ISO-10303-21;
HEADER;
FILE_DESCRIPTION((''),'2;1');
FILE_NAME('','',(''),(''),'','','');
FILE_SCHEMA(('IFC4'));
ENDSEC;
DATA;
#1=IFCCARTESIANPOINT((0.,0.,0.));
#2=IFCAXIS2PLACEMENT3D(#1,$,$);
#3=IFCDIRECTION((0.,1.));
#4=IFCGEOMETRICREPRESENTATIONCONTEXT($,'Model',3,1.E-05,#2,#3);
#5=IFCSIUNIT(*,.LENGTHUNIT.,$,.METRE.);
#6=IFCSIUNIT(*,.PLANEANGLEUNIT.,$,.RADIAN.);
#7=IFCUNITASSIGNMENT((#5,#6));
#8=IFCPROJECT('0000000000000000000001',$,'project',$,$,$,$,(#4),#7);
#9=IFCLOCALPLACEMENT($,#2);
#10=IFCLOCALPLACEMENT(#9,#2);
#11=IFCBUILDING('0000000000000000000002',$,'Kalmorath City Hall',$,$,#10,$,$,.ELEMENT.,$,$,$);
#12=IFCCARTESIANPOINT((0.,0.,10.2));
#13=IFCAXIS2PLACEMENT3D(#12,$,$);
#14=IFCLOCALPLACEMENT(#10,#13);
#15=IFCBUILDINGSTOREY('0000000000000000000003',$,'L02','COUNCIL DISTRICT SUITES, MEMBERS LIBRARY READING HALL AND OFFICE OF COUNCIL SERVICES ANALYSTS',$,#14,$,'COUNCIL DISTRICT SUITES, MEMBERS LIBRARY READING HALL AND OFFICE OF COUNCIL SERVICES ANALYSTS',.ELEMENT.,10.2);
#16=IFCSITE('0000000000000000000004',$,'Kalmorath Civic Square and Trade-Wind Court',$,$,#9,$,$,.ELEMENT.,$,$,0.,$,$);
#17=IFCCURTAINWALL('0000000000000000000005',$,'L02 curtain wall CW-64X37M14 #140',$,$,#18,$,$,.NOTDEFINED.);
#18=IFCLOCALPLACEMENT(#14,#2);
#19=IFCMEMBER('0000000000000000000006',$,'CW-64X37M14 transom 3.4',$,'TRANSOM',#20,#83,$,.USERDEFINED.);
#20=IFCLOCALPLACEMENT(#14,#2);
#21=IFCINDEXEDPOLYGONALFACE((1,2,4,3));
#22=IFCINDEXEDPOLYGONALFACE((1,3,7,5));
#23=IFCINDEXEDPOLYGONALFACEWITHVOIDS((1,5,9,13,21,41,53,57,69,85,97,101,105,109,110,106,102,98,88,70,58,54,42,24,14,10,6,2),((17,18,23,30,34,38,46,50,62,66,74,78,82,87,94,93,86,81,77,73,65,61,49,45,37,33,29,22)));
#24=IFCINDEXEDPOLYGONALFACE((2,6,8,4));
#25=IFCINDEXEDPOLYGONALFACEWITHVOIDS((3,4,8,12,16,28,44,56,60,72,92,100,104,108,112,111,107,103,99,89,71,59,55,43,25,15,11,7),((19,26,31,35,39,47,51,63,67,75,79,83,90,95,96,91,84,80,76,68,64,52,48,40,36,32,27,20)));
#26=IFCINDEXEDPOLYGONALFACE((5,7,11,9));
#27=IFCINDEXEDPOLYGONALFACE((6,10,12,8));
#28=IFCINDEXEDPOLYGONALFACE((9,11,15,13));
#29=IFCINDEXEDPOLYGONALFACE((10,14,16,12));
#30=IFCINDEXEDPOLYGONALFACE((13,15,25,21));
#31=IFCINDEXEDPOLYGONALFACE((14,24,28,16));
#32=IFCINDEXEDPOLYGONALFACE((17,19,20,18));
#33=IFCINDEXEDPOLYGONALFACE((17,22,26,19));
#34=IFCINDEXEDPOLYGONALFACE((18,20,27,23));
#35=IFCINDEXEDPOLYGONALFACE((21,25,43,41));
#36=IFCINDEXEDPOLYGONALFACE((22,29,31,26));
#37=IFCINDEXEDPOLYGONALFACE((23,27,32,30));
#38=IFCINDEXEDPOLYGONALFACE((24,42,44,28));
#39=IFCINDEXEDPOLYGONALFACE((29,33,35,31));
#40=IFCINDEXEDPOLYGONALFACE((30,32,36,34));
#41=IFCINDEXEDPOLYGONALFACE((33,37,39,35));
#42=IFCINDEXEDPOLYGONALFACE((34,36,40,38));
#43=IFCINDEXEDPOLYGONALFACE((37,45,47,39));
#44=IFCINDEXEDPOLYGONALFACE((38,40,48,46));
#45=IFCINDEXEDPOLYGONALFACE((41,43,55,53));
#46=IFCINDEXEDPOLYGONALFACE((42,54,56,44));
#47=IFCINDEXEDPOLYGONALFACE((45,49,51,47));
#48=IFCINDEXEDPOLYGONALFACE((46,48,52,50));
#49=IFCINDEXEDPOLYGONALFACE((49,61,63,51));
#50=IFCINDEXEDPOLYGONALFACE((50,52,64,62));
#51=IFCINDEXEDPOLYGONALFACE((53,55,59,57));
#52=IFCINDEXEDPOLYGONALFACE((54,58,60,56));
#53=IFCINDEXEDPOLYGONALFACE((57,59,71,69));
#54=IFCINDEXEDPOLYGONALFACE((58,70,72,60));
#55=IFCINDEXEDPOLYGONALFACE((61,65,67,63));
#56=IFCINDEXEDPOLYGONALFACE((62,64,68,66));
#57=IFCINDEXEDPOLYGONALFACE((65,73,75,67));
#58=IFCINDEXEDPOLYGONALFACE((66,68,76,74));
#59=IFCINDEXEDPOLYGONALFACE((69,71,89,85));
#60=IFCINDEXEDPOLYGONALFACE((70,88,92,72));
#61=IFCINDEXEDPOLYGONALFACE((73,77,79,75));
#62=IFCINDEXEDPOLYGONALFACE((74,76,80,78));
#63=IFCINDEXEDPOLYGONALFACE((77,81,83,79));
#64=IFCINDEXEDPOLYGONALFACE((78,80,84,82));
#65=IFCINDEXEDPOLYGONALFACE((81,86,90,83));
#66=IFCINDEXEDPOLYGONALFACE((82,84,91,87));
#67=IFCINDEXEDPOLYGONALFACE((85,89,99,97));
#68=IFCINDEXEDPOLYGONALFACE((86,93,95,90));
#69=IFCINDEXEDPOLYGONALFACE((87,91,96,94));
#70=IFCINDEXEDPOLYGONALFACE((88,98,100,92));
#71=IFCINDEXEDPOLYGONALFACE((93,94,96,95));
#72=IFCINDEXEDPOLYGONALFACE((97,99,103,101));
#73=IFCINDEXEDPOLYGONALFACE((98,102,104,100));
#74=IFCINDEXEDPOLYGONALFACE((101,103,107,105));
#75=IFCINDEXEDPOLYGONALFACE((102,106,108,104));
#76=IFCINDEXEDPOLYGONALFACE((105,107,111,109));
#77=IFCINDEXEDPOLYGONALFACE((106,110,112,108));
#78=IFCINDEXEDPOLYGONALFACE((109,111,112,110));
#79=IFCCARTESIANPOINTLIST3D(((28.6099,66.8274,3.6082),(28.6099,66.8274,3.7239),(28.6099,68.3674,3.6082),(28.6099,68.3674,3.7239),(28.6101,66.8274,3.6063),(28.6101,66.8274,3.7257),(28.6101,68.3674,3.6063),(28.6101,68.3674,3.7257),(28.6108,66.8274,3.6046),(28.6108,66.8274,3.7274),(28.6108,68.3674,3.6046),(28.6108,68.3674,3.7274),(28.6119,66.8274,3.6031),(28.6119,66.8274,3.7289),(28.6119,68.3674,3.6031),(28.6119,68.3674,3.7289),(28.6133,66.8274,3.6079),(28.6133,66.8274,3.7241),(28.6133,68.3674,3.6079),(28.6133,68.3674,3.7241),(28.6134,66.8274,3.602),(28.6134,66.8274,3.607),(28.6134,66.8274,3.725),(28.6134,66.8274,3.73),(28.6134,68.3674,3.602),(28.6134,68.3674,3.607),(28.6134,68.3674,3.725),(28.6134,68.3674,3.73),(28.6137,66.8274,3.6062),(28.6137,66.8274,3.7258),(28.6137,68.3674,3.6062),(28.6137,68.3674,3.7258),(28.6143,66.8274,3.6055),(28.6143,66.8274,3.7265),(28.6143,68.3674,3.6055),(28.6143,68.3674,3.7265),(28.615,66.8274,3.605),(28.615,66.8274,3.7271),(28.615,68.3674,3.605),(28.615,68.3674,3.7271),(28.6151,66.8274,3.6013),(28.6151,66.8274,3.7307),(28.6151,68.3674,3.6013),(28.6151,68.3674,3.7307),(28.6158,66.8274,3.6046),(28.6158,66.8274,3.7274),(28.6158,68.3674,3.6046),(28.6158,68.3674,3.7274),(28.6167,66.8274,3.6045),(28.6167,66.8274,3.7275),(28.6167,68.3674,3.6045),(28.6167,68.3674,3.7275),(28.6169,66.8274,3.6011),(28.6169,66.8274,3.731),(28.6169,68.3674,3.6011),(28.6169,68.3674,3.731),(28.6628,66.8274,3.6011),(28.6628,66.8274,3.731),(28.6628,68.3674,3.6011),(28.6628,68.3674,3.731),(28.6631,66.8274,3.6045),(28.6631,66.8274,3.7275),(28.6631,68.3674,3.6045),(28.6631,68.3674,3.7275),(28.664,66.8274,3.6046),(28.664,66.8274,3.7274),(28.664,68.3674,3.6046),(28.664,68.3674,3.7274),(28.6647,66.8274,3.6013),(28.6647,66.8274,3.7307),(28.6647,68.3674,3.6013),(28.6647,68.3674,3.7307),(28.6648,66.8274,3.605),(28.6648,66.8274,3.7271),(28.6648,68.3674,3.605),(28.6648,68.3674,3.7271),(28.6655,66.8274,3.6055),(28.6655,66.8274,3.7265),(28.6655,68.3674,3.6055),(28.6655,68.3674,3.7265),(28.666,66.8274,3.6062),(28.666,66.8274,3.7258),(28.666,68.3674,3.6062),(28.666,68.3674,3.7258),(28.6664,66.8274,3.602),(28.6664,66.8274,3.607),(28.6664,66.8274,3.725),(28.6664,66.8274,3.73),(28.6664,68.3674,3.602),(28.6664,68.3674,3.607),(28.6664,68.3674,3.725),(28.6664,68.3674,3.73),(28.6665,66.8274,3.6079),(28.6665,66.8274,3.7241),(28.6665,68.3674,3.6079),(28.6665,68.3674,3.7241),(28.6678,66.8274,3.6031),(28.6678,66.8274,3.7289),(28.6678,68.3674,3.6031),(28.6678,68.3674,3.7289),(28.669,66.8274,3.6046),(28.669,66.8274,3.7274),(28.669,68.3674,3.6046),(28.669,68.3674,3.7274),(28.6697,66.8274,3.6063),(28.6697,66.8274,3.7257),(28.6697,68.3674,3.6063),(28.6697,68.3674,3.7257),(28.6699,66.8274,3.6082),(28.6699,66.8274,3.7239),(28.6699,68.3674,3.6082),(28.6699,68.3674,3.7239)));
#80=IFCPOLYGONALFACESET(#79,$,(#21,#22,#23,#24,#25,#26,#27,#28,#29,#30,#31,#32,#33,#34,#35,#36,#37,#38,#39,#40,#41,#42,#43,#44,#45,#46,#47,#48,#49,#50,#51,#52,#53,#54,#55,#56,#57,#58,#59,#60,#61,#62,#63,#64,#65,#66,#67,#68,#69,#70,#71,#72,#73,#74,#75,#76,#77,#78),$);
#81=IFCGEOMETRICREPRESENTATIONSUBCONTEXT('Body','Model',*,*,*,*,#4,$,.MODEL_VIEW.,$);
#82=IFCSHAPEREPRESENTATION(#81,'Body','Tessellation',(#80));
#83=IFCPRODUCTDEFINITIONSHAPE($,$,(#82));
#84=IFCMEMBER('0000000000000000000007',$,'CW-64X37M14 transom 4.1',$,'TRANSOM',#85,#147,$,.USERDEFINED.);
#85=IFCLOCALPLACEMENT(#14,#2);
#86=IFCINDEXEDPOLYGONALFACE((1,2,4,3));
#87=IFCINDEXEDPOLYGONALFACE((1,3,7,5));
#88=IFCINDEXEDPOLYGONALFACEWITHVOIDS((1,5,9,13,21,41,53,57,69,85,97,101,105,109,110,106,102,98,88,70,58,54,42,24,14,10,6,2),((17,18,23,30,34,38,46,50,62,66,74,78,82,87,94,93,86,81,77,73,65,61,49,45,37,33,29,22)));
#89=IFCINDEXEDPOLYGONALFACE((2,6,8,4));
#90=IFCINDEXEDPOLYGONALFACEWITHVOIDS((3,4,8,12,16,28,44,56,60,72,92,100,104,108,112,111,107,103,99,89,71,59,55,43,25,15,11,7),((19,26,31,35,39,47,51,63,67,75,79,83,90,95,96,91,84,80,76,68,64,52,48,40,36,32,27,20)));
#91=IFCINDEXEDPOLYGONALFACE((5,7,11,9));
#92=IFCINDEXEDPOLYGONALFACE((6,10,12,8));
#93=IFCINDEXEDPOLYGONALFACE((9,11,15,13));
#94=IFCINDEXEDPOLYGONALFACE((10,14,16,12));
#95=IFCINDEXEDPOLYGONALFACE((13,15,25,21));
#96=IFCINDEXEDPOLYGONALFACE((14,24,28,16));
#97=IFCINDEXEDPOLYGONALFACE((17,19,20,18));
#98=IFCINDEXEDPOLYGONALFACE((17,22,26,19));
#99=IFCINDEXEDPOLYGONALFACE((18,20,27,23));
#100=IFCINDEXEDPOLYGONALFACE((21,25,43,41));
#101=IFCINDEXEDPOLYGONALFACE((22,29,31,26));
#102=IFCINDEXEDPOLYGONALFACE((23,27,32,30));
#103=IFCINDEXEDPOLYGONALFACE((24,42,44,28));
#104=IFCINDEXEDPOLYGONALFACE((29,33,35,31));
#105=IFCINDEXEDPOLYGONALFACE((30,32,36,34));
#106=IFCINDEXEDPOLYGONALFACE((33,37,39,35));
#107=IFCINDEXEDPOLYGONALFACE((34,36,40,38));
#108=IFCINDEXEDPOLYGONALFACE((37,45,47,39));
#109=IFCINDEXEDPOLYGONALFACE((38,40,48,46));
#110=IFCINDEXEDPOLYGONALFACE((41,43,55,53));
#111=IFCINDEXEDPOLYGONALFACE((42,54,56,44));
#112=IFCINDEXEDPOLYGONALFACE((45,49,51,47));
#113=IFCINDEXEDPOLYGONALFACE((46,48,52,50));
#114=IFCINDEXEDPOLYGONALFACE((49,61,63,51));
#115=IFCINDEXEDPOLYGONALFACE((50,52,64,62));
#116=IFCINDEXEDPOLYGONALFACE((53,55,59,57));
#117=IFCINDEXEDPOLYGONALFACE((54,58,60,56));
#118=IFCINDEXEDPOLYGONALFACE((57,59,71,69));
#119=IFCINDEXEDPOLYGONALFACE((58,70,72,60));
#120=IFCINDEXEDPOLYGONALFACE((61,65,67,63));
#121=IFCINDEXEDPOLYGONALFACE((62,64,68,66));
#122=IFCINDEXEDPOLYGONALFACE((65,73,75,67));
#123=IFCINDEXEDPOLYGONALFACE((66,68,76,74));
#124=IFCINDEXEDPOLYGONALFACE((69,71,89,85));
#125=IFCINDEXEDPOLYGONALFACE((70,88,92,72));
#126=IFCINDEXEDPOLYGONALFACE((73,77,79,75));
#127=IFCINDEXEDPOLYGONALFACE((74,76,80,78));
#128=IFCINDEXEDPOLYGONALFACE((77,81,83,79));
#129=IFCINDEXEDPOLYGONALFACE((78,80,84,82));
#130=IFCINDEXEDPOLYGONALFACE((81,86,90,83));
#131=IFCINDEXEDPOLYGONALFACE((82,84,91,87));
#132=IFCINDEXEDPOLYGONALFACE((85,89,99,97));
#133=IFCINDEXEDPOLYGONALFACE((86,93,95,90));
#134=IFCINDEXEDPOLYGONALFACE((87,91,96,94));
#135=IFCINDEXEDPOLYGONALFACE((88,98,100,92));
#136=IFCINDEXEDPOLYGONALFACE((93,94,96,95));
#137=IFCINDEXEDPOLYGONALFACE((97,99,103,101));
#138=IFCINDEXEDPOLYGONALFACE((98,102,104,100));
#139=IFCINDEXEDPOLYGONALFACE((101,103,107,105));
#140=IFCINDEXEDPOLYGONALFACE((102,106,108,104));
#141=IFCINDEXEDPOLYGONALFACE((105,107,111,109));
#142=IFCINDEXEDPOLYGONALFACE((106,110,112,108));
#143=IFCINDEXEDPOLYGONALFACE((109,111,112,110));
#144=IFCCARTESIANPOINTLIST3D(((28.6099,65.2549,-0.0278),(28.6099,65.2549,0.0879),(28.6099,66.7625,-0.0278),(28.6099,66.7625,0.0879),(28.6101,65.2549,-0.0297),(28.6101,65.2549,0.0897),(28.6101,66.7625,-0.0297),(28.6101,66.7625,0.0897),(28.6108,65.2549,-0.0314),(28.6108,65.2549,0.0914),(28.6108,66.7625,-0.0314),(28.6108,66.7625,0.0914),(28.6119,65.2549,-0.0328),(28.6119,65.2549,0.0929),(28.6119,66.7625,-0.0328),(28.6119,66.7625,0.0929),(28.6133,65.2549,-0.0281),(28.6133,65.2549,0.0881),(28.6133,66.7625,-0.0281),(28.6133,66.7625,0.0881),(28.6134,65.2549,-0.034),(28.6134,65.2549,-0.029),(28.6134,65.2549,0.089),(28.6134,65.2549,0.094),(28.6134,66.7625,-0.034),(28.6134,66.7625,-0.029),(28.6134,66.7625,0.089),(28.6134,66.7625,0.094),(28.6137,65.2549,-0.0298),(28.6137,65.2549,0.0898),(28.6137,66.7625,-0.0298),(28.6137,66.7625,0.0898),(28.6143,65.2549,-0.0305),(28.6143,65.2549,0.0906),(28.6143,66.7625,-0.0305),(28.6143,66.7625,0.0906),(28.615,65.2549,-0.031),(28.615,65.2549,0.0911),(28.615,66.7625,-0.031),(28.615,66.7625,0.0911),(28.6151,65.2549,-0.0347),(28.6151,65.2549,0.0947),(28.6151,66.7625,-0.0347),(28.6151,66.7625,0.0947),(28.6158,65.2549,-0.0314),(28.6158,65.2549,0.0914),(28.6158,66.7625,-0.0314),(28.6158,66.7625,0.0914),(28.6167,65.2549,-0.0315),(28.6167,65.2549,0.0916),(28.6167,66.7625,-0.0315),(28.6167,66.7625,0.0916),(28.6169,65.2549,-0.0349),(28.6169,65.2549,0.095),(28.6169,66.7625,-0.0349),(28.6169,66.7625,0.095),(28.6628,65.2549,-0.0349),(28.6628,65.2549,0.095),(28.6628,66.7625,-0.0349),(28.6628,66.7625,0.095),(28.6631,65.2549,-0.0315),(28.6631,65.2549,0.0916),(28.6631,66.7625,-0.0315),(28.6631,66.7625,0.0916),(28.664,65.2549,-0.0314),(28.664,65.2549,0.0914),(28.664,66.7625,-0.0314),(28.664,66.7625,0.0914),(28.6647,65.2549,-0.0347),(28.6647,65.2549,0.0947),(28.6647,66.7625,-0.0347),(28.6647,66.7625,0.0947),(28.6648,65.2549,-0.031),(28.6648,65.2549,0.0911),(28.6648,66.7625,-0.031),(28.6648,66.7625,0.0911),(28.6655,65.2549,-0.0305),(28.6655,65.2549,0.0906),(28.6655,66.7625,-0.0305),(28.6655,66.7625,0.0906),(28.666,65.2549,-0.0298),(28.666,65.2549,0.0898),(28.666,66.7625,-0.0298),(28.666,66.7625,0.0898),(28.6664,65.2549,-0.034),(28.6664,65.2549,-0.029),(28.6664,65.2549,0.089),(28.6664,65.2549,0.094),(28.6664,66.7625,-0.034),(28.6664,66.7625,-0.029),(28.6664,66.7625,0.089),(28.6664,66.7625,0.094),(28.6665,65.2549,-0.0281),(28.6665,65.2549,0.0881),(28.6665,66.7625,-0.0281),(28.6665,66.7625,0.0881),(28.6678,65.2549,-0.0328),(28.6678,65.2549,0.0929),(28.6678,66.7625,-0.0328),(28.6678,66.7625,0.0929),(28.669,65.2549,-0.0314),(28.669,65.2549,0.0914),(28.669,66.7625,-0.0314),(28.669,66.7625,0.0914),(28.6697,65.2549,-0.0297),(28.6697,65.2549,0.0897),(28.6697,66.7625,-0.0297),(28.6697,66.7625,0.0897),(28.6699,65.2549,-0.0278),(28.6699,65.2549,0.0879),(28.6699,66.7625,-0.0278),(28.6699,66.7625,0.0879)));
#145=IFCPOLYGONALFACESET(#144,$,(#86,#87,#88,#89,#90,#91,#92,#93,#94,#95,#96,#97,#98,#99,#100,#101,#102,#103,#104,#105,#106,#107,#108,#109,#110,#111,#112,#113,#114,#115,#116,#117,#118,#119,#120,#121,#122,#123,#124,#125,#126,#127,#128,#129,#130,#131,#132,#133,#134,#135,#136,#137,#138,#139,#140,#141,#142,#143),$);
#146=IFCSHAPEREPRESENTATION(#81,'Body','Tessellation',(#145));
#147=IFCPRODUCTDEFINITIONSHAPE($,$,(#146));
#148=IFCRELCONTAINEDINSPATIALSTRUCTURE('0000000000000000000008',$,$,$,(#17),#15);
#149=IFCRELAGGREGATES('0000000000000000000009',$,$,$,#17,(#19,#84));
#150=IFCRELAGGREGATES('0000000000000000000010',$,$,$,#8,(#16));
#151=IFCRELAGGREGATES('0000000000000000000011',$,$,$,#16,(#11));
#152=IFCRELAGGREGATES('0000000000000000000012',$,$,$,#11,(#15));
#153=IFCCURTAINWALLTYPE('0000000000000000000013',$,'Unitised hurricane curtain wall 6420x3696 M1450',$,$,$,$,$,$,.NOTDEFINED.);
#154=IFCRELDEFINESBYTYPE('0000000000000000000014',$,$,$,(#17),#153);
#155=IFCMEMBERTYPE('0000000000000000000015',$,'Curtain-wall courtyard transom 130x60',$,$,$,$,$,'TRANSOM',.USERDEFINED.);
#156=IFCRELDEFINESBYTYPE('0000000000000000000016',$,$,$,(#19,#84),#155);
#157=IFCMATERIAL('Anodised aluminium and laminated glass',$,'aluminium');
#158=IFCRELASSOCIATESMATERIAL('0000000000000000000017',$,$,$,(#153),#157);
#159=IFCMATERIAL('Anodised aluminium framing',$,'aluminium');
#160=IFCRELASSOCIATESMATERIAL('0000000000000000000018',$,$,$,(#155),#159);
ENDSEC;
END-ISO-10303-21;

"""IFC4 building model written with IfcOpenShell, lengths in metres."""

from ifc_helpers import new_model, si_unit, direction, frame, origin, origin_2d, place, context, subcontext, project, spatial, hollow_rectangle, extrude, material, material_profile, profile_set, type_object, element, aggregate, save


model = new_model("IFC4")

# Units and contexts
model_context = context("Model", 3, precision=1e-05, world=origin(), true_north=direction((0.0, 1.0)))
body_context = subcontext(model_context, "Body", "Model", "MODEL_VIEW")
ifc_project = project(units=[si_unit("LENGTHUNIT", "METRE"), si_unit("PLANEANGLEUNIT", "RADIAN")], contexts=[model_context])

# Site, building, storey
site_placement = place(None, origin())
site = spatial("IfcSite", under=ifc_project, at=site_placement, Name="Kalmorath Civic Square and Trade-Wind Court", CompositionType="ELEMENT", RefElevation=0.0)
building_placement = place(site_placement, origin())
building = spatial("IfcBuilding", under=site, at=building_placement, Name="Kalmorath City Hall", CompositionType="ELEMENT")
storey_placement = place(building_placement, frame((0.0, 0.0, 10.2)))
storey = spatial("IfcBuildingStorey", under=building, at=storey_placement, Name="L02", Description="COUNCIL DISTRICT SUITES, MEMBERS LIBRARY READING HALL AND OFFICE OF COUNCIL SERVICES ANALYSTS", LongName="COUNCIL DISTRICT SUITES, MEMBERS LIBRARY READING HALL AND OFFICE OF COUNCIL SERVICES ANALYSTS", CompositionType="ELEMENT", Elevation=10.2)

# Curtain wall, members
ifc_material_1 = material(Name="Anodised aluminium and laminated glass", Category="aluminium")
curtain_wall_type = type_object("IfcCurtainWallType", Name="Unitised hurricane curtain wall 6420x3696 M1450", PredefinedType="NOTDEFINED", material=ifc_material_1)
curtain_wall_placement = place(storey_placement, origin())
curtain_wall = element("IfcCurtainWall", 1, at=curtain_wall_placement, inside=storey, type_object=curtain_wall_type, Name="L02 curtain wall CW-64X37M14 #140", PredefinedType="NOTDEFINED")
ifc_material_2 = material(Name="Anodised aluminium framing", Category="aluminium")
ifc_material_profile_1 = material_profile(ifc_material_2, hollow_rectangle(XDim=0.0601, YDim=0.1299, WallThickness=0.0034, InnerFilletRadius=0.0034, OuterFilletRadius=0.0071, at=origin_2d()), Name="ALU-TRN-130X60X3.5")
ifc_profile_set_1 = profile_set([ifc_material_profile_1], Name="Anodised aluminium framing")
member_type_1 = type_object("IfcMemberType", Name="Curtain-wall courtyard transom 130x60", ElementType="TRANSOM", PredefinedType="USERDEFINED", material=ifc_profile_set_1)
member_1_placement = place(storey_placement, frame((28.6399, 68.3674, 3.666), z_axis=(0.0, -1.0, 0.0), x_axis=(1.0, 0.0, 0.0)))
member_1 = element("IfcMember", 2, at=member_1_placement, type_object=member_type_1, Name="CW-64X37M14 transom 3.4", ObjectType="TRANSOM", PredefinedType="USERDEFINED", context=body_context, shape_type="SweptSolid", body=[
    extrude(hollow_rectangle(XDim=0.0601, YDim=0.1299, WallThickness=0.0034, InnerFilletRadius=0.0034, OuterFilletRadius=0.0071, at=origin_2d()), origin(), (0.0, 0.0, 1.0), 1.54),
])
member_2_placement = place(storey_placement, frame((28.6399, 66.7625, 0.03), z_axis=(0.0, -1.0, 0.0), x_axis=(1.0, 0.0, 0.0)))
member_2 = element("IfcMember", 3, at=member_2_placement, type_object=member_type_1, Name="CW-64X37M14 transom 4.1", ObjectType="TRANSOM", PredefinedType="USERDEFINED", context=body_context, shape_type="SweptSolid", body=[
    extrude(hollow_rectangle(XDim=0.0601, YDim=0.1299, WallThickness=0.0034, InnerFilletRadius=0.0034, OuterFilletRadius=0.0071, at=origin_2d()), origin(), (0.0, 0.0, 1.0), 1.5076),
])
aggregate(curtain_wall, [member_1, member_2])

save(model, "model.ifc")
